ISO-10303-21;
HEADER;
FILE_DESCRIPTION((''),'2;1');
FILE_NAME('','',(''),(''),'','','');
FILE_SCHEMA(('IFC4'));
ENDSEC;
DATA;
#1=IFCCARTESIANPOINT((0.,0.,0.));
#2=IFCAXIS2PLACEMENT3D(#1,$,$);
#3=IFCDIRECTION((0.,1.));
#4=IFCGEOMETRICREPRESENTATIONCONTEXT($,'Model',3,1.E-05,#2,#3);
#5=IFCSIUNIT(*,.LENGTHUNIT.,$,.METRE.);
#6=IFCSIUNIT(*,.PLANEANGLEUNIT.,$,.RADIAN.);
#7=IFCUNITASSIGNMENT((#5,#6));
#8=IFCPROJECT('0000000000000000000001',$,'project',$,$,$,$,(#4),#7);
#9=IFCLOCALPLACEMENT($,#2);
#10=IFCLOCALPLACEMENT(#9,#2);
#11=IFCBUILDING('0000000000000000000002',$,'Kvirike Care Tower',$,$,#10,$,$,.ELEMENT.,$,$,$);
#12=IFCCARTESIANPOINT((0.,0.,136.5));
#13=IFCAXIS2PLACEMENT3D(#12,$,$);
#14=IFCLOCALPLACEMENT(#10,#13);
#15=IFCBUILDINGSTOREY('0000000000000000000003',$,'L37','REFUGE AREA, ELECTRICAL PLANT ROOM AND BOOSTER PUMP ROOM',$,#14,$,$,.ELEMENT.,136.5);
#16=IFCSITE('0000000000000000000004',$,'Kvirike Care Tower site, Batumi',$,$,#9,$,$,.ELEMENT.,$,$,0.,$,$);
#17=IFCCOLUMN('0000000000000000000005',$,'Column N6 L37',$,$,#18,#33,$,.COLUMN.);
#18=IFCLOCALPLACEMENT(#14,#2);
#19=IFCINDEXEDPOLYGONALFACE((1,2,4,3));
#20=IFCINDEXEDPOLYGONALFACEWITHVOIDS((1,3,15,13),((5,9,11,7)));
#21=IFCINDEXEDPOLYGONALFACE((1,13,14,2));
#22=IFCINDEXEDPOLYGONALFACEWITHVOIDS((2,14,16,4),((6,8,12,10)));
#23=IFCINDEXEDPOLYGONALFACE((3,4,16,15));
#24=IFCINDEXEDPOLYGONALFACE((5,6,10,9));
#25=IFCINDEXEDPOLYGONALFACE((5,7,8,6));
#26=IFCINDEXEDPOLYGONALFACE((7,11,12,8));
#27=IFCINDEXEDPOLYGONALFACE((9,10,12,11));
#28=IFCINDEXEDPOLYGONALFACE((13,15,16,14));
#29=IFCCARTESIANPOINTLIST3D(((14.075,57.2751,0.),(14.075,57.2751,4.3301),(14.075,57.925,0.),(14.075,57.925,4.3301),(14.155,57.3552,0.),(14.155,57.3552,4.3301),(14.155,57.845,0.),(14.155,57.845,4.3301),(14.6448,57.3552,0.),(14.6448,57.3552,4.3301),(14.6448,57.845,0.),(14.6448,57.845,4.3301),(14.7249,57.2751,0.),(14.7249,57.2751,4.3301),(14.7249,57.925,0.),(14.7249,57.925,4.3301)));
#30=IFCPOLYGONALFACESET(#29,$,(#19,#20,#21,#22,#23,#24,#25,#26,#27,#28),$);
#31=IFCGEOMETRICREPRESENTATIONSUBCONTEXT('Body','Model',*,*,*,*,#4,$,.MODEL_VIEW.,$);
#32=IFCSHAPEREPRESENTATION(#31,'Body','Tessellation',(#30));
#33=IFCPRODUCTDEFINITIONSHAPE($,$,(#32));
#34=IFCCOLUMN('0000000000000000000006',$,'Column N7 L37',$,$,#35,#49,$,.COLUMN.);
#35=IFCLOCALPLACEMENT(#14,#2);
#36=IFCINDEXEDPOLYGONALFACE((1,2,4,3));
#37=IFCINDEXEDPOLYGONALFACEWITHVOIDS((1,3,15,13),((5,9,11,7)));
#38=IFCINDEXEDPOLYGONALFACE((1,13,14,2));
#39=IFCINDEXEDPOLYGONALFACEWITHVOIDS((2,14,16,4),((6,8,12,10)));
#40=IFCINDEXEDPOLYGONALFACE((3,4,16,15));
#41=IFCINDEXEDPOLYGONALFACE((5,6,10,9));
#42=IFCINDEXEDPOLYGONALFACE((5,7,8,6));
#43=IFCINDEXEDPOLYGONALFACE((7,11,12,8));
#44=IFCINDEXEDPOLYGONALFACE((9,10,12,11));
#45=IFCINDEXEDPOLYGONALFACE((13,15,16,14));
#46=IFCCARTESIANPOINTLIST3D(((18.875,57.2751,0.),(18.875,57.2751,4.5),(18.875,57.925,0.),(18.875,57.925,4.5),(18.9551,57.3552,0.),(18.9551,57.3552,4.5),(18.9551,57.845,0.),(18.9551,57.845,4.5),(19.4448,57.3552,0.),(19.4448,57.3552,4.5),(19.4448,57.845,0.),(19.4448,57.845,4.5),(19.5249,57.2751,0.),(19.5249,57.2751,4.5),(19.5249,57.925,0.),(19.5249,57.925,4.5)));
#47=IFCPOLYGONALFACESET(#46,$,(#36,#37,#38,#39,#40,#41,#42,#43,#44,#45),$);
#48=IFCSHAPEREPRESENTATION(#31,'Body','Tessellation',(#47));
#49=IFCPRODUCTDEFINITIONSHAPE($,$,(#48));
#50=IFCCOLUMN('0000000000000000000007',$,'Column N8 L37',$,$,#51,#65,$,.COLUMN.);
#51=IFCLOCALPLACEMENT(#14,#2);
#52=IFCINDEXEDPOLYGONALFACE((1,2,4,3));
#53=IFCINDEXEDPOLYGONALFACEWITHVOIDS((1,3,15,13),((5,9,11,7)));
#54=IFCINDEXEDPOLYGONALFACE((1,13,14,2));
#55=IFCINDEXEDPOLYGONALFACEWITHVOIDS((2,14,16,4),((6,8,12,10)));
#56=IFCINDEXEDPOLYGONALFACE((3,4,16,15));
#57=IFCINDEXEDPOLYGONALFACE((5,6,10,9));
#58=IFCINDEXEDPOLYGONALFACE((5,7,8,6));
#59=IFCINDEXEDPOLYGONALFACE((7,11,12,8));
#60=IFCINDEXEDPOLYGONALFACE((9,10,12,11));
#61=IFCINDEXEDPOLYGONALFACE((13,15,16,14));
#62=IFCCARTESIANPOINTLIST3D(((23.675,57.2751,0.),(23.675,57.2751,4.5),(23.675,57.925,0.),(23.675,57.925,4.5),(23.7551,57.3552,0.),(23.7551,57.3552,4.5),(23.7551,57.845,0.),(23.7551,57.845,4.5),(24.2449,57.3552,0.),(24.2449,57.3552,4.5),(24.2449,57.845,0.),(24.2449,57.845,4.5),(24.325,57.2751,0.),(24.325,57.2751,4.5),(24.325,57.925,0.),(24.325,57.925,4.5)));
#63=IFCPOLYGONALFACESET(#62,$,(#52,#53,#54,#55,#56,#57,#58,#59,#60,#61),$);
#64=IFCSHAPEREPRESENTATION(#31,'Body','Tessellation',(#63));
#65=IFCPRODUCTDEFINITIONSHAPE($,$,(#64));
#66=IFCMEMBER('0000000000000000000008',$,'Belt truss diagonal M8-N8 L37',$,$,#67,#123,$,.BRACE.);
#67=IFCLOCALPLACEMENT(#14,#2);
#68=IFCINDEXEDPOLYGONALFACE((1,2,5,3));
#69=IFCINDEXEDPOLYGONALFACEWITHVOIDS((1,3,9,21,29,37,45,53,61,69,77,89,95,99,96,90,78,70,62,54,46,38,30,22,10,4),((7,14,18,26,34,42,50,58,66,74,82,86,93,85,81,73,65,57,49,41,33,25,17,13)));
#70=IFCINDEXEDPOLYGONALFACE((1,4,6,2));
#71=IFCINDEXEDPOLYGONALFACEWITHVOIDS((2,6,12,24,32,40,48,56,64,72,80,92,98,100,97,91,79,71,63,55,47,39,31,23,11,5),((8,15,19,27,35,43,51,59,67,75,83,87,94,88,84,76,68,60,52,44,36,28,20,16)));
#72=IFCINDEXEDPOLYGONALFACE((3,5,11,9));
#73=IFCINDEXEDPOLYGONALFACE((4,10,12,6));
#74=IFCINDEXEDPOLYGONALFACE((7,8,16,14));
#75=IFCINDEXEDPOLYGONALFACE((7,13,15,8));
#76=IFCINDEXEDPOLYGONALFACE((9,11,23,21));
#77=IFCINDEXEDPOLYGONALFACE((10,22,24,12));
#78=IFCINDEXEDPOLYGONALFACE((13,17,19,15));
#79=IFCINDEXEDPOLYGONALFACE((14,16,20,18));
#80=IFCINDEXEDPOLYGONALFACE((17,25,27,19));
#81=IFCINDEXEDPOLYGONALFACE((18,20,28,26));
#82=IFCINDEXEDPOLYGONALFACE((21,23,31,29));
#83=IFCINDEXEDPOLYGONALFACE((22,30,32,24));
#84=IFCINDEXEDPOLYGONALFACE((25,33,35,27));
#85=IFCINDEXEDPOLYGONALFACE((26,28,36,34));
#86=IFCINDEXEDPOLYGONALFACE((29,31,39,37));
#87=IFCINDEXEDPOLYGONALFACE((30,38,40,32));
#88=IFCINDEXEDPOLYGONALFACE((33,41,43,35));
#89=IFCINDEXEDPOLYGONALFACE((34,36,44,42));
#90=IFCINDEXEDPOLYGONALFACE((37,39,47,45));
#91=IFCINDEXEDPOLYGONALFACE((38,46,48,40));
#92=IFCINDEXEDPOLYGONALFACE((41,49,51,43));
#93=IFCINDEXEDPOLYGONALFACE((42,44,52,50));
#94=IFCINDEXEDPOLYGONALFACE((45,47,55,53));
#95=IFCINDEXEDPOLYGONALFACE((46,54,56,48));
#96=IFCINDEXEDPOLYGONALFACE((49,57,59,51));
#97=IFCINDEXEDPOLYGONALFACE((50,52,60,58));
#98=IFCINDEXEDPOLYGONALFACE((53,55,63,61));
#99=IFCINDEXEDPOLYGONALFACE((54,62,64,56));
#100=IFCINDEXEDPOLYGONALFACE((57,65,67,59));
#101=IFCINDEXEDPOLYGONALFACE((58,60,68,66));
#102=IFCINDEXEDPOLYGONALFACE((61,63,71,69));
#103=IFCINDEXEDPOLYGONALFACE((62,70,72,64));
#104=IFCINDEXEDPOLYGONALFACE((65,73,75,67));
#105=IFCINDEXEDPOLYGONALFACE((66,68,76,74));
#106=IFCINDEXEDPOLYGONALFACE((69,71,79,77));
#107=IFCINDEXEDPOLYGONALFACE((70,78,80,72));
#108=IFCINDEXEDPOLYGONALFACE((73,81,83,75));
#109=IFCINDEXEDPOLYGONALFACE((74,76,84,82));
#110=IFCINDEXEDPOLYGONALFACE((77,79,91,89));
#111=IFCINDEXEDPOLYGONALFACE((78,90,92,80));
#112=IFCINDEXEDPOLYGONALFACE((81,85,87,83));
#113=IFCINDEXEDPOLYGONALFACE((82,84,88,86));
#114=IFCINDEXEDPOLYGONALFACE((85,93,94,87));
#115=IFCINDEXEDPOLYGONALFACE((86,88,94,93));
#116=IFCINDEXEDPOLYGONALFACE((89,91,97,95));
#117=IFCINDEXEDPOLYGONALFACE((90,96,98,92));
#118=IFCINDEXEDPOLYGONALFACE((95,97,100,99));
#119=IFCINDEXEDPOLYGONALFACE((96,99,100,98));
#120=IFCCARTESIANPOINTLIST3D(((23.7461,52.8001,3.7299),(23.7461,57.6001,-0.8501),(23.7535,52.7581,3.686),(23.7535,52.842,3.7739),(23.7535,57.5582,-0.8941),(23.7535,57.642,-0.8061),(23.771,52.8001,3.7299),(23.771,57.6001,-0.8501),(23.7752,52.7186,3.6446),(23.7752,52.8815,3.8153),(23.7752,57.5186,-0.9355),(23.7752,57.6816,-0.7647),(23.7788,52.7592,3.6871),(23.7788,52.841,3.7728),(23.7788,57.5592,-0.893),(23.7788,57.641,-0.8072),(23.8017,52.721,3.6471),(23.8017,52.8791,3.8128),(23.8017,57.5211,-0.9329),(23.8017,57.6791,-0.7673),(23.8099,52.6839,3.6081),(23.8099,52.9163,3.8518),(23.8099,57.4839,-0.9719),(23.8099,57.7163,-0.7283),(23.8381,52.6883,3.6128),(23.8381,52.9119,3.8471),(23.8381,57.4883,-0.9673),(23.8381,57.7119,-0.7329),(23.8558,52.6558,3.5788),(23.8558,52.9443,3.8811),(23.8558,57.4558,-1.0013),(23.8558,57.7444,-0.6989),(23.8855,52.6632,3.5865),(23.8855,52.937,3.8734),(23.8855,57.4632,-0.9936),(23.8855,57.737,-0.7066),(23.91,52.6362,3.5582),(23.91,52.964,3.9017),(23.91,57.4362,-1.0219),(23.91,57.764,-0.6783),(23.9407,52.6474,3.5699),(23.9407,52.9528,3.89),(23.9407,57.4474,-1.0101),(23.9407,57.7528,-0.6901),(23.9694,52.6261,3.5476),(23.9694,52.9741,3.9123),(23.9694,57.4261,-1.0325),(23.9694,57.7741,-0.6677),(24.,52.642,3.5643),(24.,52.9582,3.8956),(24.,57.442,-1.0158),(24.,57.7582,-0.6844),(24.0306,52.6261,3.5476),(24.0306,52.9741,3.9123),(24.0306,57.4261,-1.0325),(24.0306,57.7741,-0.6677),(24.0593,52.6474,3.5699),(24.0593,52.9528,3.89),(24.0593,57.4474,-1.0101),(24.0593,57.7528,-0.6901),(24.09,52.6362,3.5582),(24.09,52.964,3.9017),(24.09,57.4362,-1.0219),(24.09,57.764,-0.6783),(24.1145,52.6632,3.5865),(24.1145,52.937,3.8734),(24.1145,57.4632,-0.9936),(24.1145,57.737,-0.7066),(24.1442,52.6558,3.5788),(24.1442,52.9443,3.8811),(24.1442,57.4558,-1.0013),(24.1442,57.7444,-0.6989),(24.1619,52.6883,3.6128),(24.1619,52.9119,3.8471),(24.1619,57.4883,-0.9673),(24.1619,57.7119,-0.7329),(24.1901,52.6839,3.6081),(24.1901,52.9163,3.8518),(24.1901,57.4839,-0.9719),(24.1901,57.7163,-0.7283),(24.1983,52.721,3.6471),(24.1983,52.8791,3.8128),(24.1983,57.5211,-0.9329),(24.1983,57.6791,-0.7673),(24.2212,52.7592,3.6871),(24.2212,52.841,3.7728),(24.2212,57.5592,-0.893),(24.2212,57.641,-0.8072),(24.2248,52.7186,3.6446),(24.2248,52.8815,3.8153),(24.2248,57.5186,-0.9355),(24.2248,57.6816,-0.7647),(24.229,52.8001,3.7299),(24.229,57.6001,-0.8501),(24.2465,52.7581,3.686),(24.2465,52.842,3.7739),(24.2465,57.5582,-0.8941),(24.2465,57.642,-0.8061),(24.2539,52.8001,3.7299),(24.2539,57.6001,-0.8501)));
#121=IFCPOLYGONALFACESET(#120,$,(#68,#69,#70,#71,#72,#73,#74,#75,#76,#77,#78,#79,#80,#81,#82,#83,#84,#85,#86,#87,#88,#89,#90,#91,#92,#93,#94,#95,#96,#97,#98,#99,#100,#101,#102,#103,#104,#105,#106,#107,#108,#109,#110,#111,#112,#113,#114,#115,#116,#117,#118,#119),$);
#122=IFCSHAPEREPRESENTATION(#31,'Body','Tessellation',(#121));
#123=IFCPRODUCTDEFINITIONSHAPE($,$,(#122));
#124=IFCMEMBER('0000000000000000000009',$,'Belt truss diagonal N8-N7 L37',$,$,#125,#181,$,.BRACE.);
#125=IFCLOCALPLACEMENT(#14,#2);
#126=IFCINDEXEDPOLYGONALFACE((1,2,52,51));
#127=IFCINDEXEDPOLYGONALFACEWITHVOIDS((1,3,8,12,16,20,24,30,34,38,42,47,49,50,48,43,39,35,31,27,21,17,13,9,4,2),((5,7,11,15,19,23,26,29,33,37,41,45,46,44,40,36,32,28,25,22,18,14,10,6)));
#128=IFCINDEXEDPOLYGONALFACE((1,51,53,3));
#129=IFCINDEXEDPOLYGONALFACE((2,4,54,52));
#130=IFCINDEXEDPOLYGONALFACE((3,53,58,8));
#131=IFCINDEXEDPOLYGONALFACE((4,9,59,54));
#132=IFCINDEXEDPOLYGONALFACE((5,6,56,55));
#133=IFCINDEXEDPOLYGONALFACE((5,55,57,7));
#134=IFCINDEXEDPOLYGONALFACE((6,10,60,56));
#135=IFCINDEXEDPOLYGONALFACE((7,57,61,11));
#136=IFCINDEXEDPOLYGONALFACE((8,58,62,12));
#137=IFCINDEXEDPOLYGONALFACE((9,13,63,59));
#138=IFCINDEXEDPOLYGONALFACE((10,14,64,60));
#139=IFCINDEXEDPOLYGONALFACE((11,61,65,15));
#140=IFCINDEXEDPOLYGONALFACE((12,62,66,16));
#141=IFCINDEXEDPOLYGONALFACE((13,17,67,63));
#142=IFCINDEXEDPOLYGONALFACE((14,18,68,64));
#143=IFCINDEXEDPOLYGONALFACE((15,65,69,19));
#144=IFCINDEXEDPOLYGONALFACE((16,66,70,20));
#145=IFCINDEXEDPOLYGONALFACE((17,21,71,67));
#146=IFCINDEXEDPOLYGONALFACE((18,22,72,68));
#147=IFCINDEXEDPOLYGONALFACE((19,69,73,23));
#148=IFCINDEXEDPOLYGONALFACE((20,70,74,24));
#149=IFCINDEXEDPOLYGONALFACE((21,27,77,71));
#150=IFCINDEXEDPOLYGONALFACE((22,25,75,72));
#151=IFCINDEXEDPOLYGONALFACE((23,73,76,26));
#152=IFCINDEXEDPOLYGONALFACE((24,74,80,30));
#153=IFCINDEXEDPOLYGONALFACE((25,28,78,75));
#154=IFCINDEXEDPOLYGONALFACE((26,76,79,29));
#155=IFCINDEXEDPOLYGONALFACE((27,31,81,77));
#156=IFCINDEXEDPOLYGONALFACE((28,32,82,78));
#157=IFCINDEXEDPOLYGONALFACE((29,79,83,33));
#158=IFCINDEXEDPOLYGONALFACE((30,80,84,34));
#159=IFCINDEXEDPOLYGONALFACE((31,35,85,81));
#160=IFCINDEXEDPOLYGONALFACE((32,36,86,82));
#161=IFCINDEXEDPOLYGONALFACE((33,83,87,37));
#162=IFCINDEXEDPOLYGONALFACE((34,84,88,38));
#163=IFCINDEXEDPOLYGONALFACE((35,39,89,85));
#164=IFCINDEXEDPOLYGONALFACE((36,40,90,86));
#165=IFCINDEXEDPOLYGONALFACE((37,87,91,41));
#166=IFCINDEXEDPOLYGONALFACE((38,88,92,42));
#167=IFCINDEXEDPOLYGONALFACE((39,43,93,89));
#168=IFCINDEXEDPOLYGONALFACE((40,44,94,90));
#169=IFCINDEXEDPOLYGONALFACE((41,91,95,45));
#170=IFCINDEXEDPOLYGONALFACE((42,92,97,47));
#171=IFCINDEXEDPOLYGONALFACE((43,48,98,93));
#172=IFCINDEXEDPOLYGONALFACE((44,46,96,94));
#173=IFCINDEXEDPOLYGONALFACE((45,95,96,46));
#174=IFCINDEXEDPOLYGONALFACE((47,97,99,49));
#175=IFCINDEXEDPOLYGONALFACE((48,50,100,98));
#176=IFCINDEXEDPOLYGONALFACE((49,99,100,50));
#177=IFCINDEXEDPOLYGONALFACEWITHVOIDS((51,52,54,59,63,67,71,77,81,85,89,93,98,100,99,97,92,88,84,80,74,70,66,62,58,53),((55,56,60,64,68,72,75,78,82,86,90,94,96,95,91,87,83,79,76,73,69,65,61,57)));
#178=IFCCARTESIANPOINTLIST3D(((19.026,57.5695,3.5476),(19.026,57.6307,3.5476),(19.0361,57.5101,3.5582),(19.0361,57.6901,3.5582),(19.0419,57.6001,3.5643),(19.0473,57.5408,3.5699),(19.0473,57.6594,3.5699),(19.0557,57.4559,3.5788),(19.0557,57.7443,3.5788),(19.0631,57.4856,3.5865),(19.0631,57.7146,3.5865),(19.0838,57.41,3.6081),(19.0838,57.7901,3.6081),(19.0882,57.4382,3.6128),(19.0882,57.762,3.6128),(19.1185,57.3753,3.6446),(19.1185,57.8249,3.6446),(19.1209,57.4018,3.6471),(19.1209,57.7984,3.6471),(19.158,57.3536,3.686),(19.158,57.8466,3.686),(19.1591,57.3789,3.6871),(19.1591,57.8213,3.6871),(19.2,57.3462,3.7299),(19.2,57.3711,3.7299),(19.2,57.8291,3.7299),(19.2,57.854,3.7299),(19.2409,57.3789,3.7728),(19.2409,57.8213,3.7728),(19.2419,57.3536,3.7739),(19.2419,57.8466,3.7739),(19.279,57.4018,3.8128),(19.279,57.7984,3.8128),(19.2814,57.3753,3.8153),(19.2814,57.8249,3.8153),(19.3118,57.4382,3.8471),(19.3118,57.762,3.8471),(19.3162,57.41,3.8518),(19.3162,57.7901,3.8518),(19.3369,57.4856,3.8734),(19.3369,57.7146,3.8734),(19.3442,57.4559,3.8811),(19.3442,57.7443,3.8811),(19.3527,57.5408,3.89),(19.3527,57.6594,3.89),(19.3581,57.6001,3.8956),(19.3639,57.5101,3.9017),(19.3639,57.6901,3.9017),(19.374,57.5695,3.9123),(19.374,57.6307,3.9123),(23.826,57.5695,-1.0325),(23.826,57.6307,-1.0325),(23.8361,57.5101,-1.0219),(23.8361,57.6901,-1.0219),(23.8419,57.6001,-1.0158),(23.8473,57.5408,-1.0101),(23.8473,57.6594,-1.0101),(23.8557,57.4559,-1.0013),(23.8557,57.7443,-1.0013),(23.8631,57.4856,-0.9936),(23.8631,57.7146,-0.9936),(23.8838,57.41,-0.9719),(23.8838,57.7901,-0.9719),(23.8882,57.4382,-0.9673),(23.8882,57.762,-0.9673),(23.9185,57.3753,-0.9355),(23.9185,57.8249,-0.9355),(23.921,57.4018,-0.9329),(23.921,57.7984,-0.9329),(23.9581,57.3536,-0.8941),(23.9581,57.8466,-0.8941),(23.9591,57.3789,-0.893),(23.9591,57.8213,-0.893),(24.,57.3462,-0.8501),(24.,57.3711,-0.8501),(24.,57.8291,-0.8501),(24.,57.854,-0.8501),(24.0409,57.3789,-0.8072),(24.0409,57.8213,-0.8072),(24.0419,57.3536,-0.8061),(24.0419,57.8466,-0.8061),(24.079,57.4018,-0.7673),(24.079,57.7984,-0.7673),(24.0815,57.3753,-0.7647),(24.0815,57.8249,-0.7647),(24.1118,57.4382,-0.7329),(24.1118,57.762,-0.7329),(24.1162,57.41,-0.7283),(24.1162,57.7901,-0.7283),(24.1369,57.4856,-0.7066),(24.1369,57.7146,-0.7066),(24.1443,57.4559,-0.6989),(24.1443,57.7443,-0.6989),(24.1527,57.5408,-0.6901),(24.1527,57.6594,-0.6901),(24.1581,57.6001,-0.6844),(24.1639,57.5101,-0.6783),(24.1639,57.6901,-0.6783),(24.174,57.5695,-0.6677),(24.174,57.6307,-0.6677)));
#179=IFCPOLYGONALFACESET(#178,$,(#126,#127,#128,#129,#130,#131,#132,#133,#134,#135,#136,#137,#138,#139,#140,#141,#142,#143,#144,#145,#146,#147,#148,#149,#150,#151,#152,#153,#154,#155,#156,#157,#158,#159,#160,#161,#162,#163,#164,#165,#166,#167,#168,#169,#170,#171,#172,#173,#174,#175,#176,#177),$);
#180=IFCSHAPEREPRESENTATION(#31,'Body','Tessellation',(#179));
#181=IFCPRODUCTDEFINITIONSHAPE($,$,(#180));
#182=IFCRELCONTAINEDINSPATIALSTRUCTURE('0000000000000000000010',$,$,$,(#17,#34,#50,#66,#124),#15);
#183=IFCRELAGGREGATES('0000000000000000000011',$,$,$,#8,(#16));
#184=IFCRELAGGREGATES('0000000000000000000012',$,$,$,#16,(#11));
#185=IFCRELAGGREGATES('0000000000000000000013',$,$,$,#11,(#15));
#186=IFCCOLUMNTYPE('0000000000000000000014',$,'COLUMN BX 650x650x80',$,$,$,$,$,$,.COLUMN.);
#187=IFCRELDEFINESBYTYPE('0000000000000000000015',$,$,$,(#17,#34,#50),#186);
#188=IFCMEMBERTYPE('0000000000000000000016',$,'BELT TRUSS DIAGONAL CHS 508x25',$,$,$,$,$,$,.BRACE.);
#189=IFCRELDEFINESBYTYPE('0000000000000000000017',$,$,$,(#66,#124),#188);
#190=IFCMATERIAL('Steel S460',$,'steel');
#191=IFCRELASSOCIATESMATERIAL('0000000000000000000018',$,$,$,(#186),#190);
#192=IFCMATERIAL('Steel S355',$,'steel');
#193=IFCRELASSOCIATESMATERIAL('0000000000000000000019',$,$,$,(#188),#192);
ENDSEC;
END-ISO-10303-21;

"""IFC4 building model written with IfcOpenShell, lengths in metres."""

from ifc_helpers import new_model, si_unit, direction, frame, origin, origin_2d, place, context, subcontext, project, spatial, hollow_rectangle, hollow_circle, extrude, material, material_profile, profile_set, type_object, element, save


model = new_model("IFC4")

# Units and contexts
model_context = context("Model", 3, precision=1e-05, world=origin(), true_north=direction((0.0, 1.0)))
body_context = subcontext(model_context, "Body", "Model", "MODEL_VIEW")
ifc_project = project(units=[si_unit("LENGTHUNIT", "METRE"), si_unit("PLANEANGLEUNIT", "RADIAN")], contexts=[model_context])

# Site, building, storey
site_placement = place(None, origin())
site = spatial("IfcSite", under=ifc_project, at=site_placement, Name="Kvirike Care Tower site, Batumi", CompositionType="ELEMENT", RefElevation=0.0)
building_placement = place(site_placement, origin())
building = spatial("IfcBuilding", under=site, at=building_placement, Name="Kvirike Care Tower", CompositionType="ELEMENT")
storey_placement = place(building_placement, frame((0.0, 0.0, 136.5)))
storey = spatial("IfcBuildingStorey", under=building, at=storey_placement, Name="L37", Description="REFUGE AREA, ELECTRICAL PLANT ROOM AND BOOSTER PUMP ROOM", CompositionType="ELEMENT", Elevation=136.5)

# Columns
ifc_material_1 = material(Name="Steel S460", Category="steel")
ifc_material_profile_1 = material_profile(ifc_material_1, hollow_rectangle(XDim=0.6499, YDim=0.6499, WallThickness=0.0801, at=origin_2d()), Name="BX 650x650x80")
ifc_profile_set_1 = profile_set([ifc_material_profile_1], Name="Steel S460")
column_type = type_object("IfcColumnType", Name="COLUMN BX 650x650x80", PredefinedType="COLUMN", material=ifc_profile_set_1)
column_placement = place(storey_placement, frame((14.3999, 57.6001, 0.0), z_axis=(0.0, 0.0, 1.0), x_axis=(0.0, 1.0, 0.0)))
element("IfcColumn", 1, at=column_placement, inside=storey, type_object=column_type, Name="Column N6 L37", PredefinedType="COLUMN", context=body_context, shape_type="SweptSolid", body=[
    extrude(hollow_rectangle(XDim=0.6499, YDim=0.6499, WallThickness=0.0801, at=origin_2d()), origin(), (0.0, 0.0, 1.0), 4.3301),
])
for number, where, z_axis, x_axis, name in (
    (2, (19.2, 57.6001, 0.0), (0.0, 0.0, 1.0), (0.0, 1.0, 0.0), "Column N7 L37"),
    (3, (24.0, 57.6001, 0.0), (0.0, 0.0, 1.0), (0.0, 1.0, 0.0), "Column N8 L37"),
):
    element("IfcColumn", number, at=place(storey_placement, frame(where, z_axis=z_axis, x_axis=x_axis)), inside=storey, type_object=column_type, Name=name, PredefinedType="COLUMN", context=body_context, shape_type="SweptSolid", body=[
        extrude(hollow_rectangle(XDim=0.6499, YDim=0.6499, WallThickness=0.0801, at=origin_2d()), origin(), (0.0, 0.0, 1.0), 4.5),
    ])

# Members
ifc_material_2 = material(Name="Steel S355", Category="steel")
ifc_material_profile_2 = material_profile(ifc_material_2, hollow_circle(Radius=0.2539, WallThickness=0.0249, at=origin_2d()), Name="CHS 508x25")
ifc_profile_set_2 = profile_set([ifc_material_profile_2], Name="Steel S355")
member_type_1 = type_object("IfcMemberType", Name="BELT TRUSS DIAGONAL CHS 508x25", PredefinedType="BRACE", material=ifc_profile_set_2)
for number, where, z_axis, x_axis, name in (
    (4, (24.0, 57.6001, -0.8501), (0.0, -0.72349, 0.690335), (1.0, 0.0, 0.0), "Belt truss diagonal M8-N8 L37"),
    (5, (24.0, 57.6001, -0.8501), (-0.72349, 0.0, 0.690335), (0.0, -1.0, 0.0), "Belt truss diagonal N8-N7 L37"),
):
    element("IfcMember", number, at=place(storey_placement, frame(where, z_axis=z_axis, x_axis=x_axis)), inside=storey, type_object=member_type_1, Name=name, PredefinedType="BRACE", context=body_context, shape_type="SweptSolid", body=[
        extrude(hollow_circle(Radius=0.2539, WallThickness=0.0249, at=origin_2d()), origin(), (0.0, 0.0, 1.0), 6.6345),
    ])

save(model, "model.ifc")
